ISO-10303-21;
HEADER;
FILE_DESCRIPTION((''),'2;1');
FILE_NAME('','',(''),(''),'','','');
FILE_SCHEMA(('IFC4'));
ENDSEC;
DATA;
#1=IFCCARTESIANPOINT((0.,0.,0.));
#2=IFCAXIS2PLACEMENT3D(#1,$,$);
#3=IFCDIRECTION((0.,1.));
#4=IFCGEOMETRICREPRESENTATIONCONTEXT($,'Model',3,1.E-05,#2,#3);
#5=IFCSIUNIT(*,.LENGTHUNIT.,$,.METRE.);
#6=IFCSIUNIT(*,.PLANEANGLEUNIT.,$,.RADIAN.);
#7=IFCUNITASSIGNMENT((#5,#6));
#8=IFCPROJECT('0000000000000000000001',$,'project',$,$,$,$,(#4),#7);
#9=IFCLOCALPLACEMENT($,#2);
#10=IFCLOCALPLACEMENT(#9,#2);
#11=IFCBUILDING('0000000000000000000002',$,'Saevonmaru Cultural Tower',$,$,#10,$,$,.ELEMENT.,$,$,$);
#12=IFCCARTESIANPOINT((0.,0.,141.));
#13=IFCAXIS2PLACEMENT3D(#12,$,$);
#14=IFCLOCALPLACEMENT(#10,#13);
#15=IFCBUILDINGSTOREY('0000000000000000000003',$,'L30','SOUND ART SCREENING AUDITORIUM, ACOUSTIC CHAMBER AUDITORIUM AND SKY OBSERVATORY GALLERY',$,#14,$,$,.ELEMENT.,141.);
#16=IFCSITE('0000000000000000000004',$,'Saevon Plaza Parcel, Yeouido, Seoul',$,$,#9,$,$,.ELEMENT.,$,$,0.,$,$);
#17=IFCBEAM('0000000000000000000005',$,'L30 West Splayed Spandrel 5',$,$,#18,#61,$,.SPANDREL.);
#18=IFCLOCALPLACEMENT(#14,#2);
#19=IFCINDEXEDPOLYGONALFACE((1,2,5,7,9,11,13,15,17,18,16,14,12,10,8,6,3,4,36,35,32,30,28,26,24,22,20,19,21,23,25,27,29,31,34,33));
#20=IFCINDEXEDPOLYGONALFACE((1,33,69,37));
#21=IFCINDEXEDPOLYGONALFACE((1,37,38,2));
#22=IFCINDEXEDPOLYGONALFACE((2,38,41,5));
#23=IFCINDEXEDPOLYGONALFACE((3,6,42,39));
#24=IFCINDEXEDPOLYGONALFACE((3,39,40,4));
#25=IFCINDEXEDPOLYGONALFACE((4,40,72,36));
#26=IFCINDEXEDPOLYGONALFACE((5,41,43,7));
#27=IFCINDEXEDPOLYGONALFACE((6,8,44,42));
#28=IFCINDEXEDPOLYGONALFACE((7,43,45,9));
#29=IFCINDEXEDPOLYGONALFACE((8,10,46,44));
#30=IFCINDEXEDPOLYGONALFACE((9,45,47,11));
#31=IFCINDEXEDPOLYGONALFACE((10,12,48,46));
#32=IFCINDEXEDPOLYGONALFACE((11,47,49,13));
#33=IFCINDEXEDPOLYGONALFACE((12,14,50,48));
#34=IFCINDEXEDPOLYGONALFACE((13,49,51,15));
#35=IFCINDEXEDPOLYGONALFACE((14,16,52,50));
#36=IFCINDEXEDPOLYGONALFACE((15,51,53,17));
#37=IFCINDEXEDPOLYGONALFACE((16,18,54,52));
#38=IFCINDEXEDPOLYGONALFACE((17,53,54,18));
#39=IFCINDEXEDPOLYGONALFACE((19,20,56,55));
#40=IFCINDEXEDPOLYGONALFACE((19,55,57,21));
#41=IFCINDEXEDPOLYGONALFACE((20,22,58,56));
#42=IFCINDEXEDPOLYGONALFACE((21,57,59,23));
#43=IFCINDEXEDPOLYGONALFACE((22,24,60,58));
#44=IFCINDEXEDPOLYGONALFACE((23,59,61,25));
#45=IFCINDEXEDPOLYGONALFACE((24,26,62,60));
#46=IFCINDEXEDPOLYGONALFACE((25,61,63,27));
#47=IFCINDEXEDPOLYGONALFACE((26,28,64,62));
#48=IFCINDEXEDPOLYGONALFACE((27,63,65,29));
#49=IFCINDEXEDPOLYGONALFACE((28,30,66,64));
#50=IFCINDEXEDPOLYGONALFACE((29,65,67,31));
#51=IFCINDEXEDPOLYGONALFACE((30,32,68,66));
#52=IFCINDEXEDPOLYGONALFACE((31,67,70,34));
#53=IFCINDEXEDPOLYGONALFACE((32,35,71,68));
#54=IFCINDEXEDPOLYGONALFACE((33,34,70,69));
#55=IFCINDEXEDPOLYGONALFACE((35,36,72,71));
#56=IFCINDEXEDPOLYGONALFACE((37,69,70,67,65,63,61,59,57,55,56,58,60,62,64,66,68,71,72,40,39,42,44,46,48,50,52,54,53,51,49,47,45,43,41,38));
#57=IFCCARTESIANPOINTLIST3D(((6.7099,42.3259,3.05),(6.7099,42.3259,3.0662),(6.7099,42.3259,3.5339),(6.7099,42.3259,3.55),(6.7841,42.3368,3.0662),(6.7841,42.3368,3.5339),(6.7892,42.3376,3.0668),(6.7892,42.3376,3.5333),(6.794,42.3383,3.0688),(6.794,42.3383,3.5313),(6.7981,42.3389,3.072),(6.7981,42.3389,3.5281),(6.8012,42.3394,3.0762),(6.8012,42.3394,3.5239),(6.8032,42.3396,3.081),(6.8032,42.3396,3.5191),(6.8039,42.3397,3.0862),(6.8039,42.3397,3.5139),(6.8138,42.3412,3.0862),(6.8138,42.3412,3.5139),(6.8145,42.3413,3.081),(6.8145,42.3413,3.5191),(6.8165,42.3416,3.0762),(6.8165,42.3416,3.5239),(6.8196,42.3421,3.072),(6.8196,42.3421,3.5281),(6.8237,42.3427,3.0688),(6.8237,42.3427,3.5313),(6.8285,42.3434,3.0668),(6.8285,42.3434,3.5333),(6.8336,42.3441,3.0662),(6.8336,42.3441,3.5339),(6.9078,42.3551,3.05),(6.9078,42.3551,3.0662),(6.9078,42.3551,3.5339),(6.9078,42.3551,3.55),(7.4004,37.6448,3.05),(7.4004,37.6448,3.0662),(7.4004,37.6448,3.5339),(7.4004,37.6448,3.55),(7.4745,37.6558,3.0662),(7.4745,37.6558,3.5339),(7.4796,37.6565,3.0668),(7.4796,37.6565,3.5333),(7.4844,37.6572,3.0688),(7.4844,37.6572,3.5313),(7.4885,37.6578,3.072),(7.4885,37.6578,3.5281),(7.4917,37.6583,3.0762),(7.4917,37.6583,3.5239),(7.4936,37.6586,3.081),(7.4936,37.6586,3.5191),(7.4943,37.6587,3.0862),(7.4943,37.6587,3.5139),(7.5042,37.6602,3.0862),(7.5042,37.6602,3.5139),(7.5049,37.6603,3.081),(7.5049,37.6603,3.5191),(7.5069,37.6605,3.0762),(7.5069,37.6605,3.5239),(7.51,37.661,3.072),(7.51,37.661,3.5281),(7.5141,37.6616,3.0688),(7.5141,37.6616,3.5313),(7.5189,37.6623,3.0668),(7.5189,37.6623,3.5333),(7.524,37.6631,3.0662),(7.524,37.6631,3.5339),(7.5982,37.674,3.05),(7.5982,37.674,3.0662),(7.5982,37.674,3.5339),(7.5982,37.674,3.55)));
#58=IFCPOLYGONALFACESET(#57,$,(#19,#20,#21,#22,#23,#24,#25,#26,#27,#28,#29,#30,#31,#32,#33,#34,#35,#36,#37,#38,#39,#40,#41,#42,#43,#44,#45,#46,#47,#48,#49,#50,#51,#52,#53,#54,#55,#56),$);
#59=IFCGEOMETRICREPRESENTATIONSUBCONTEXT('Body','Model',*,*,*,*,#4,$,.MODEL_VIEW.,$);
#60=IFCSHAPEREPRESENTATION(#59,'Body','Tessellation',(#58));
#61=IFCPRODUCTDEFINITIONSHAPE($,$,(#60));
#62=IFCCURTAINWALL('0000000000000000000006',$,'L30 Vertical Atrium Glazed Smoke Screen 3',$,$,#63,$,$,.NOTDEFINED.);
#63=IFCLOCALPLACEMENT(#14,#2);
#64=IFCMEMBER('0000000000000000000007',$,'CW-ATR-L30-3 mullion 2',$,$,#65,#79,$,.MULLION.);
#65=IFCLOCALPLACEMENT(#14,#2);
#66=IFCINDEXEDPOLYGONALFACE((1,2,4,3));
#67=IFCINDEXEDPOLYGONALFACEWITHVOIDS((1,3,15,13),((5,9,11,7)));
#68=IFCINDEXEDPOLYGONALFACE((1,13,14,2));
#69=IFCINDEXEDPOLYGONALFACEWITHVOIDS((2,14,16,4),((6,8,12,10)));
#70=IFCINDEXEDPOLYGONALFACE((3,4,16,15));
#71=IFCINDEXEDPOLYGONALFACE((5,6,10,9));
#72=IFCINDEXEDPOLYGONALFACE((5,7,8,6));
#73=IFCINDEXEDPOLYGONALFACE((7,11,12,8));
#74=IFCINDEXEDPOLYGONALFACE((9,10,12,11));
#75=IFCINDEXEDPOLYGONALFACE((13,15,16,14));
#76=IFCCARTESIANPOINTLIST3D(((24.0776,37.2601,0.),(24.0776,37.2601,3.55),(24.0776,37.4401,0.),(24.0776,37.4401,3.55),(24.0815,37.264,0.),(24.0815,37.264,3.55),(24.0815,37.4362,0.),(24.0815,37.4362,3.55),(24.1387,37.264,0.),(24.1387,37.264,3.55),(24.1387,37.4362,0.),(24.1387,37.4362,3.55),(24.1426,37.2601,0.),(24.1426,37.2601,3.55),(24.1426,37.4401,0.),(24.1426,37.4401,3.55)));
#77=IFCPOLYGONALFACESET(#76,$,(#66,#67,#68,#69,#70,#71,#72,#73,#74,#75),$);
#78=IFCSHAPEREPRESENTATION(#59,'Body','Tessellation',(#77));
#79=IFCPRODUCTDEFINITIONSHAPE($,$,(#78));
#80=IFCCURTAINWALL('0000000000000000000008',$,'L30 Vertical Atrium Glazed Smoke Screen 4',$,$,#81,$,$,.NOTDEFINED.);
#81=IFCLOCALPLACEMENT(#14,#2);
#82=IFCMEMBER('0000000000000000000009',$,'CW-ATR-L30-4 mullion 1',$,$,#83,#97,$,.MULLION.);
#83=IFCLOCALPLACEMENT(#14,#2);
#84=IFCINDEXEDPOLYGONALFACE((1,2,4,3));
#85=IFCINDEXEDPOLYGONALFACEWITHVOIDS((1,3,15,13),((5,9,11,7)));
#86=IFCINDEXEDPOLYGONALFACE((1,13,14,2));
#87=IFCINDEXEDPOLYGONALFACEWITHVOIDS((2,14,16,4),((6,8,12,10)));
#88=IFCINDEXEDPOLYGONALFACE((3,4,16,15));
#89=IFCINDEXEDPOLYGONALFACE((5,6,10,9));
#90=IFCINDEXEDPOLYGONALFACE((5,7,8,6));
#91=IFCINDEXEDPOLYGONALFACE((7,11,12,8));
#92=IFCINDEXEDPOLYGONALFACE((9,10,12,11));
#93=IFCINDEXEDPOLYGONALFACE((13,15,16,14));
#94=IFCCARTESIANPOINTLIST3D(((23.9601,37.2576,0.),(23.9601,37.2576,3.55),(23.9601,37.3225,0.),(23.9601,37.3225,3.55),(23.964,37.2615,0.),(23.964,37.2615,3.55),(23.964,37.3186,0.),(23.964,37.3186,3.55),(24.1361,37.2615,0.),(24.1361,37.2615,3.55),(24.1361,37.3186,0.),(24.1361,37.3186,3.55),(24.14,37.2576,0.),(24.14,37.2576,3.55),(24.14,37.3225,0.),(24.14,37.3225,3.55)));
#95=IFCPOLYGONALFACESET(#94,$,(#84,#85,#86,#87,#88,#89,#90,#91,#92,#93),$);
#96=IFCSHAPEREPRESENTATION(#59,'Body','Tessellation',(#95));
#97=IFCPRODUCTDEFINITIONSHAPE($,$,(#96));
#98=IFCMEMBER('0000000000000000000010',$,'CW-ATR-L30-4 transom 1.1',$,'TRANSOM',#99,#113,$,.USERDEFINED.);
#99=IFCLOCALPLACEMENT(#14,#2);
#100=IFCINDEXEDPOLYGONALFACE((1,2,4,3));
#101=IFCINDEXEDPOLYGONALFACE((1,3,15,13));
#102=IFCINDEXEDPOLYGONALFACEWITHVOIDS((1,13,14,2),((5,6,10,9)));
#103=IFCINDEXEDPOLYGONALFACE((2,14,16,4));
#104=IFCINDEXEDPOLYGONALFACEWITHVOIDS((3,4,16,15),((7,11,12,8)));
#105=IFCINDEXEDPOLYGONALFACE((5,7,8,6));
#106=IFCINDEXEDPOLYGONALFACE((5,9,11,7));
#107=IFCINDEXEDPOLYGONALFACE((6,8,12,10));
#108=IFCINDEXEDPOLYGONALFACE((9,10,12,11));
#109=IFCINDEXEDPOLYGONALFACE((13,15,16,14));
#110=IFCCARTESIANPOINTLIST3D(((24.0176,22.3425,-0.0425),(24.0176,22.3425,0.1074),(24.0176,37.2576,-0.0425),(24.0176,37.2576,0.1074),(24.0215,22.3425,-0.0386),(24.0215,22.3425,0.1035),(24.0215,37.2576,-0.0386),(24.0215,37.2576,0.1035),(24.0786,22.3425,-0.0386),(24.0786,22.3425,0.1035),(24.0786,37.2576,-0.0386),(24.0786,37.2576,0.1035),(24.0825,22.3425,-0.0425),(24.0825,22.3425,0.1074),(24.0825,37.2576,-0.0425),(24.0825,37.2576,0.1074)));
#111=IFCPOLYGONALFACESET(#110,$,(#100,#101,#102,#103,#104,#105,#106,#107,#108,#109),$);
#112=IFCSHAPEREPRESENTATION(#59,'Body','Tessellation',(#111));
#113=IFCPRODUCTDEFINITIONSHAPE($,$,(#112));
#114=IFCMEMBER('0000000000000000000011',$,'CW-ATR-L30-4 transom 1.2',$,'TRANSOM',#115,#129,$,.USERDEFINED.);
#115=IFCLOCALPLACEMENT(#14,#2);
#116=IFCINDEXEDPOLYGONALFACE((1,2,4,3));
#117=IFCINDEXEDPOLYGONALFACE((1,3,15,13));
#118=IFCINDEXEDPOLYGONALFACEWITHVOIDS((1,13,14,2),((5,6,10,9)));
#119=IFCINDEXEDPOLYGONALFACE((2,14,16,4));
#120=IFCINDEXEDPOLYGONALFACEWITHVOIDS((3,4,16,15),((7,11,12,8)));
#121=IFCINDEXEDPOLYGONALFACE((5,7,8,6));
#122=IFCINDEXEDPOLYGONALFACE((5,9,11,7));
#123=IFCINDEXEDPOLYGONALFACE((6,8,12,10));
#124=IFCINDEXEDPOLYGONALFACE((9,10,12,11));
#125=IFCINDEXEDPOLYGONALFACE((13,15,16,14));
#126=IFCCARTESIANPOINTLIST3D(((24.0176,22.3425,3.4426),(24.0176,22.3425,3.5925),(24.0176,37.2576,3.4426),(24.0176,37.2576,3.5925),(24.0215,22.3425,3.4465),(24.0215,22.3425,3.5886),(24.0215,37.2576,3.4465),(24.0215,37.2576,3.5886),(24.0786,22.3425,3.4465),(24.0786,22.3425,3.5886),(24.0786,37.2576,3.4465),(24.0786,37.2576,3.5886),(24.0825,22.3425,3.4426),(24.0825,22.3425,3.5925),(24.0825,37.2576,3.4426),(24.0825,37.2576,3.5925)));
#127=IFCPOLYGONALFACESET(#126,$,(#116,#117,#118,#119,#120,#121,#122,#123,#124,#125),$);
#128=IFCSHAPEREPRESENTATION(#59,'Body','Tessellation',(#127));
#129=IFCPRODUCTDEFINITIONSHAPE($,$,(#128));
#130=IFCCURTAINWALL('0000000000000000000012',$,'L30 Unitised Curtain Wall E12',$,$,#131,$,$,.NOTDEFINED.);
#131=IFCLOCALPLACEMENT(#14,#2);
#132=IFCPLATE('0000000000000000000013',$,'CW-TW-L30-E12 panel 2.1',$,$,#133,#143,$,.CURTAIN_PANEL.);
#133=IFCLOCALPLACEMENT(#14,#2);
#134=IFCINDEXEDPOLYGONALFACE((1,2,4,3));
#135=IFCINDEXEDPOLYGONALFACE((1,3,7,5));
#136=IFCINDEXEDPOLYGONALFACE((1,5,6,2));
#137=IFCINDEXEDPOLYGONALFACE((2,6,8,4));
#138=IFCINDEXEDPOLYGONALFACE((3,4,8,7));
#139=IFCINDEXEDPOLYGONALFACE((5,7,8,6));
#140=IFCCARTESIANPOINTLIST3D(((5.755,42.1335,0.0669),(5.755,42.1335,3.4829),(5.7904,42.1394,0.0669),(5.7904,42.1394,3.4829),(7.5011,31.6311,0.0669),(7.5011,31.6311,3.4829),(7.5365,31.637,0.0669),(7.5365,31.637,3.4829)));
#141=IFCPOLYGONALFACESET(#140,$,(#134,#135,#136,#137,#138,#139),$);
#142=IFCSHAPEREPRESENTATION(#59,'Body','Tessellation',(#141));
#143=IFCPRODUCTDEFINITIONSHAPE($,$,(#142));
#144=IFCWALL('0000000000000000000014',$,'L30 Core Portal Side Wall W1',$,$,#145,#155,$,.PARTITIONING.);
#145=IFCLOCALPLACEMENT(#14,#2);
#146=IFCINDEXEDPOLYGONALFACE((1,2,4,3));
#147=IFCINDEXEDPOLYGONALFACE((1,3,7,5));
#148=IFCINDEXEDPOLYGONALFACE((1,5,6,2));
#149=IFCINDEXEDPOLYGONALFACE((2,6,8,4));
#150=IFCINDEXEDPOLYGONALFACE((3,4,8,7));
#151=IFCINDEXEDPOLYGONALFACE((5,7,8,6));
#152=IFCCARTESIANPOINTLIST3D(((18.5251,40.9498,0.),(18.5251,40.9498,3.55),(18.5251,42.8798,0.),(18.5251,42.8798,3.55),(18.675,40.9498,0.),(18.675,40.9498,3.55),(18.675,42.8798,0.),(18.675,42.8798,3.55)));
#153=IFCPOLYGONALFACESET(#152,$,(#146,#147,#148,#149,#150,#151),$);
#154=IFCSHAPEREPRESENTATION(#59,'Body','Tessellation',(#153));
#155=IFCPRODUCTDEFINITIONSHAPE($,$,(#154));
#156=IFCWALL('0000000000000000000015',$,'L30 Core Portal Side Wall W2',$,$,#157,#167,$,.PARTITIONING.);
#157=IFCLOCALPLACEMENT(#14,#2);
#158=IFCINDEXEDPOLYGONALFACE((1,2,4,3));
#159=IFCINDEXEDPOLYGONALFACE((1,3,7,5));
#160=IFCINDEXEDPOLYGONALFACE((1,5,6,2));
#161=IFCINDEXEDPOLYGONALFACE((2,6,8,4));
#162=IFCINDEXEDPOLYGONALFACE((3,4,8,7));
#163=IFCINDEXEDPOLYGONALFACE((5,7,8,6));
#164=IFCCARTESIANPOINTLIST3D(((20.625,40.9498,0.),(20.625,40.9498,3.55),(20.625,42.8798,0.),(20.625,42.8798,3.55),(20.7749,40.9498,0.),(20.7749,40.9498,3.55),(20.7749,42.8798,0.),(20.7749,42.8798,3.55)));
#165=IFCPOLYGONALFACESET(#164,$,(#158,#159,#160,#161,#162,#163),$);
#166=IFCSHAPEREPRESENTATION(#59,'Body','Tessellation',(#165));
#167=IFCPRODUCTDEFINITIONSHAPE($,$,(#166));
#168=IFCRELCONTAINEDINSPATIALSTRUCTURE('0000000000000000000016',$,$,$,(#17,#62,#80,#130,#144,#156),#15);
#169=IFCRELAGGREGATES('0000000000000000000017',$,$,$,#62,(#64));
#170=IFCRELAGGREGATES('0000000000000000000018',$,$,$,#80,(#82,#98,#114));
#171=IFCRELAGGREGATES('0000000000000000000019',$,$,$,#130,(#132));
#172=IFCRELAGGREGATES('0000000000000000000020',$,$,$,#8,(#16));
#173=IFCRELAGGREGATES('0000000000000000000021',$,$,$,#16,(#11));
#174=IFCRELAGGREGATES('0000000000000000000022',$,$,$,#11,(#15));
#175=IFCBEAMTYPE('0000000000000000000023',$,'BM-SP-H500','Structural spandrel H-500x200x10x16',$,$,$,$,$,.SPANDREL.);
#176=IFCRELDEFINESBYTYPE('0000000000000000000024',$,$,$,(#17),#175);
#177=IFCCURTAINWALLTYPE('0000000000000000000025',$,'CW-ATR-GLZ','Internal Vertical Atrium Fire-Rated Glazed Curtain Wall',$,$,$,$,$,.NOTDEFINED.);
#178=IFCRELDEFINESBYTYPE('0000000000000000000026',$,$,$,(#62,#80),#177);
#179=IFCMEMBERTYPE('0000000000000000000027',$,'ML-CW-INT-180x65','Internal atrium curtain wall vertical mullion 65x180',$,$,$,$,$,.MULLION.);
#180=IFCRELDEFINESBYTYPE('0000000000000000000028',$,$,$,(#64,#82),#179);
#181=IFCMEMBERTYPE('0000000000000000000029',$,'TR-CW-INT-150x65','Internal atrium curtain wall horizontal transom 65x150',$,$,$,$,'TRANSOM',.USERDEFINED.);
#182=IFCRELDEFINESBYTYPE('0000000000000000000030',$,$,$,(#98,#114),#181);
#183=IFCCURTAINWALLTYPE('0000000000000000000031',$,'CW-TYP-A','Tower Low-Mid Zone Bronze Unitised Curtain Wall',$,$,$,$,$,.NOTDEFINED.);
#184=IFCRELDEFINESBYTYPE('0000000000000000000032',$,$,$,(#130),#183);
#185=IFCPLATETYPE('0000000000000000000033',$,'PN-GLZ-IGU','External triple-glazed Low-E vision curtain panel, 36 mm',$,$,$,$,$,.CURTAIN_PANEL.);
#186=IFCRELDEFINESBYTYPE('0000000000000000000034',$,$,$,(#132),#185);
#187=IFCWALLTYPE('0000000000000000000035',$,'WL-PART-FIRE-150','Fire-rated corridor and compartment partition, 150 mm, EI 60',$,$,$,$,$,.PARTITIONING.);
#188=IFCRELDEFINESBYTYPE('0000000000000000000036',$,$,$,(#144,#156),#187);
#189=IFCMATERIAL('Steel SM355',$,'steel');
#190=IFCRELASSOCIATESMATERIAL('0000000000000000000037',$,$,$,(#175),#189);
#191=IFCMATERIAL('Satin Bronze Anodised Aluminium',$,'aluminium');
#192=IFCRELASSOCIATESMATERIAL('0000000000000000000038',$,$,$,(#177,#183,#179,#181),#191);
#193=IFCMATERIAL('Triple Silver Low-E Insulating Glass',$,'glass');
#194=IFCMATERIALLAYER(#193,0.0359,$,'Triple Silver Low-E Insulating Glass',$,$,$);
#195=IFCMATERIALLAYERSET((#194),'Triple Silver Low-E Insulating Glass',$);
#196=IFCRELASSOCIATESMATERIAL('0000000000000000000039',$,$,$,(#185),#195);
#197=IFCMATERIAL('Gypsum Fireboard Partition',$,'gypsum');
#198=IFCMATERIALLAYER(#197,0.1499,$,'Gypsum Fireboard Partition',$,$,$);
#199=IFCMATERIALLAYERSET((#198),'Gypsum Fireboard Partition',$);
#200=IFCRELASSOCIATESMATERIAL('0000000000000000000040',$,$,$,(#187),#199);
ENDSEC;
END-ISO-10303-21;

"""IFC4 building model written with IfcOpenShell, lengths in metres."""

from ifc_helpers import new_model, si_unit, direction, frame, frame_2d, origin, origin_2d, place, context, subcontext, project, spatial, rectangle, hollow_rectangle, i_section, extrude, material, layer, layer_set, material_profile, profile_set, type_object, element, aggregate, save


model = new_model("IFC4")

# Units and contexts
model_context = context("Model", 3, precision=1e-05, world=origin(), true_north=direction((0.0, 1.0)))
body_context = subcontext(model_context, "Body", "Model", "MODEL_VIEW")
ifc_project = project(units=[si_unit("LENGTHUNIT", "METRE"), si_unit("PLANEANGLEUNIT", "RADIAN")], contexts=[model_context])

# Site, building, storey
site_placement = place(None, origin())
site = spatial("IfcSite", under=ifc_project, at=site_placement, Name="Saevon Plaza Parcel, Yeouido, Seoul", CompositionType="ELEMENT", RefElevation=0.0)
building_placement = place(site_placement, origin())
building = spatial("IfcBuilding", under=site, at=building_placement, Name="Saevonmaru Cultural Tower", CompositionType="ELEMENT")
storey_placement = place(building_placement, frame((0.0, 0.0, 141.0)))
storey = spatial("IfcBuildingStorey", under=building, at=storey_placement, Name="L30", Description="SOUND ART SCREENING AUDITORIUM, ACOUSTIC CHAMBER AUDITORIUM AND SKY OBSERVATORY GALLERY", CompositionType="ELEMENT", Elevation=141.0)

# Shared definitions
ifc_material_1 = material(Name="Steel SM355", Category="steel")

# Beam
ifc_material_profile_1 = material_profile(ifc_material_1, i_section(OverallWidth=0.2, OverallDepth=0.5, WebThickness=0.01, FlangeThickness=0.0161, FilletRadius=0.02, at=origin_2d()), Name="H-500x200x10x16")
ifc_profile_set_1 = profile_set([ifc_material_profile_1], Name="Steel SM355")
beam_type_1 = type_object("IfcBeamType", Name="BM-SP-H500", Description="Structural spandrel H-500x200x10x16", PredefinedType="SPANDREL", material=ifc_profile_set_1)
beam_1_placement = place(storey_placement, frame((7.4993, 37.6594, 3.3), z_axis=(-0.145913, 0.989297, 0.0), x_axis=(-0.989297, -0.145913, 0.0)))
element("IfcBeam", 1, at=beam_1_placement, inside=storey, type_object=beam_type_1, Name="L30 West Splayed Spandrel 5", PredefinedType="SPANDREL", context=body_context, shape_type="SweptSolid", body=[
    extrude(i_section(OverallWidth=0.2, OverallDepth=0.5, WebThickness=0.01, FlangeThickness=0.0161, FilletRadius=0.02, at=origin_2d()), origin(), (0.0, 0.0, 1.0), 4.7317),
])

# Curtain wall, member
ifc_material_2 = material(Name="Satin Bronze Anodised Aluminium", Category="aluminium")
curtain_wall_type_1 = type_object("IfcCurtainWallType", Name="CW-ATR-GLZ", Description="Internal Vertical Atrium Fire-Rated Glazed Curtain Wall", PredefinedType="NOTDEFINED", material=ifc_material_2)
curtain_wall_1_placement = place(storey_placement, origin())
curtain_wall_1 = element("IfcCurtainWall", 2, at=curtain_wall_1_placement, inside=storey, type_object=curtain_wall_type_1, Name="L30 Vertical Atrium Glazed Smoke Screen 3", PredefinedType="NOTDEFINED")
ifc_material_profile_2 = material_profile(ifc_material_2, hollow_rectangle(XDim=0.0649, YDim=0.1799, WallThickness=0.0039, at=origin_2d()), Name="ALU-MULL-180x65x4")
ifc_profile_set_2 = profile_set([ifc_material_profile_2], Name="Satin Bronze Anodised Aluminium")
member_type_1 = type_object("IfcMemberType", Name="ML-CW-INT-180x65", Description="Internal atrium curtain wall vertical mullion 65x180", PredefinedType="MULLION", material=ifc_profile_set_2)
member_1_placement = place(storey_placement, frame((24.1101, 37.3501, 0.0), z_axis=(0.0, 0.0, 1.0), x_axis=(-1.0, 0.0, 0.0)))
member_1 = element("IfcMember", 3, at=member_1_placement, type_object=member_type_1, Name="CW-ATR-L30-3 mullion 2", PredefinedType="MULLION", context=body_context, shape_type="SweptSolid", body=[
    extrude(hollow_rectangle(XDim=0.0649, YDim=0.1799, WallThickness=0.0039, at=origin_2d()), origin(), (0.0, 0.0, 1.0), 3.55),
])
aggregate(curtain_wall_1, [member_1])

# Curtain wall, members
curtain_wall_2_placement = place(storey_placement, origin())
curtain_wall_2 = element("IfcCurtainWall", 4, at=curtain_wall_2_placement, inside=storey, type_object=curtain_wall_type_1, Name="L30 Vertical Atrium Glazed Smoke Screen 4", PredefinedType="NOTDEFINED")
member_2_placement = place(storey_placement, frame((24.05, 37.29, 0.0), z_axis=(0.0, 0.0, 1.0), x_axis=(0.0, -1.0, 0.0)))
member_2 = element("IfcMember", 5, at=member_2_placement, type_object=member_type_1, Name="CW-ATR-L30-4 mullion 1", PredefinedType="MULLION", context=body_context, shape_type="SweptSolid", body=[
    extrude(hollow_rectangle(XDim=0.0649, YDim=0.1799, WallThickness=0.0039, at=origin_2d()), origin(), (0.0, 0.0, 1.0), 3.55),
])
ifc_material_profile_3 = material_profile(ifc_material_2, hollow_rectangle(XDim=0.0649, YDim=0.1499, WallThickness=0.0039, at=origin_2d()), Name="ALU-TRAN-150x65x4")
ifc_profile_set_3 = profile_set([ifc_material_profile_3], Name="Satin Bronze Anodised Aluminium")
member_type_2 = type_object("IfcMemberType", Name="TR-CW-INT-150x65", Description="Internal atrium curtain wall horizontal transom 65x150", ElementType="TRANSOM", PredefinedType="USERDEFINED", material=ifc_profile_set_3)
member_3_placement = place(storey_placement, frame((24.05, 37.2576, 0.0325), z_axis=(0.0, -1.0, 0.0), x_axis=(1.0, 0.0, 0.0)))
member_3 = element("IfcMember", 6, at=member_3_placement, type_object=member_type_2, Name="CW-ATR-L30-4 transom 1.1", ObjectType="TRANSOM", PredefinedType="USERDEFINED", context=body_context, shape_type="SweptSolid", body=[
    extrude(hollow_rectangle(XDim=0.0649, YDim=0.1499, WallThickness=0.0039, at=origin_2d()), origin(), (0.0, 0.0, 1.0), 14.915),
])
member_4_placement = place(storey_placement, frame((24.05, 37.2576, 3.5176), z_axis=(0.0, -1.0, 0.0), x_axis=(1.0, 0.0, 0.0)))
member_4 = element("IfcMember", 7, at=member_4_placement, type_object=member_type_2, Name="CW-ATR-L30-4 transom 1.2", ObjectType="TRANSOM", PredefinedType="USERDEFINED", context=body_context, shape_type="SweptSolid", body=[
    extrude(hollow_rectangle(XDim=0.0649, YDim=0.1499, WallThickness=0.0039, at=origin_2d()), origin(), (0.0, 0.0, 1.0), 14.915),
])
aggregate(curtain_wall_2, [member_2, member_3, member_4])

# Curtain wall, plate
curtain_wall_type_2 = type_object("IfcCurtainWallType", Name="CW-TYP-A", Description="Tower Low-Mid Zone Bronze Unitised Curtain Wall", PredefinedType="NOTDEFINED", material=ifc_material_2)
curtain_wall_3_placement = place(storey_placement, origin())
curtain_wall_3 = element("IfcCurtainWall", 8, at=curtain_wall_3_placement, inside=storey, type_object=curtain_wall_type_2, Name="L30 Unitised Curtain Wall E12", PredefinedType="NOTDEFINED")
ifc_material_3 = material(Name="Triple Silver Low-E Insulating Glass", Category="glass")
ifc_layer_1 = layer(ifc_material_3, 0.0359, Name="Triple Silver Low-E Insulating Glass")
ifc_layer_set_1 = layer_set([ifc_layer_1], Name="Triple Silver Low-E Insulating Glass")
plate_type = type_object("IfcPlateType", Name="PN-GLZ-IGU", Description="External triple-glazed Low-E vision curtain panel, 36 mm", PredefinedType="CURTAIN_PANEL", material=ifc_layer_set_1)
plate_placement = place(storey_placement, frame((6.6458, 36.8853, 0.0669), z_axis=(0.0, 0.0, 1.0), x_axis=(0.163999, -0.986461, 0.0)))
plate = element("IfcPlate", 9, at=plate_placement, type_object=plate_type, Name="CW-TW-L30-E12 panel 2.1", PredefinedType="CURTAIN_PANEL", context=body_context, shape_type="SweptSolid", body=[
    extrude(rectangle(XDim=10.6465, YDim=0.0359, at=origin_2d()), origin(), (0.0, 0.0, 1.0), 3.416),
])
aggregate(curtain_wall_3, [plate])

# Shared definitions
ifc_material_4 = material(Name="Gypsum Fireboard Partition", Category="gypsum")
ifc_layer_2 = layer(ifc_material_4, 0.1499, Name="Gypsum Fireboard Partition")
ifc_layer_set_2 = layer_set([ifc_layer_2], Name="Gypsum Fireboard Partition")
wall_type_1 = type_object("IfcWallType", Name="WL-PART-FIRE-150", Description="Fire-rated corridor and compartment partition, 150 mm, EI 60", PredefinedType="PARTITIONING", material=ifc_layer_set_2)

# Walls
for number, where, z_axis, x_axis, name in (
    (10, (18.6001, 40.95, 0.0), (0.0, 0.0, 1.0), (0.0, 1.0, 0.0), "L30 Core Portal Side Wall W1"),
    (11, (20.7, 40.95, 0.0), (0.0, 0.0, 1.0), (0.0, 1.0, 0.0), "L30 Core Portal Side Wall W2"),
):
    element("IfcWall", number, at=place(storey_placement, frame(where, z_axis=z_axis, x_axis=x_axis)), inside=storey, type_object=wall_type_1, Name=name, PredefinedType="PARTITIONING", context=body_context, shape_type="SweptSolid", body=[
        extrude(rectangle(XDim=1.9299, YDim=0.1499, at=frame_2d((0.9648, 0.0))), origin(), (0.0, 0.0, 1.0), 3.55),
    ])

save(model, "model.ifc")
